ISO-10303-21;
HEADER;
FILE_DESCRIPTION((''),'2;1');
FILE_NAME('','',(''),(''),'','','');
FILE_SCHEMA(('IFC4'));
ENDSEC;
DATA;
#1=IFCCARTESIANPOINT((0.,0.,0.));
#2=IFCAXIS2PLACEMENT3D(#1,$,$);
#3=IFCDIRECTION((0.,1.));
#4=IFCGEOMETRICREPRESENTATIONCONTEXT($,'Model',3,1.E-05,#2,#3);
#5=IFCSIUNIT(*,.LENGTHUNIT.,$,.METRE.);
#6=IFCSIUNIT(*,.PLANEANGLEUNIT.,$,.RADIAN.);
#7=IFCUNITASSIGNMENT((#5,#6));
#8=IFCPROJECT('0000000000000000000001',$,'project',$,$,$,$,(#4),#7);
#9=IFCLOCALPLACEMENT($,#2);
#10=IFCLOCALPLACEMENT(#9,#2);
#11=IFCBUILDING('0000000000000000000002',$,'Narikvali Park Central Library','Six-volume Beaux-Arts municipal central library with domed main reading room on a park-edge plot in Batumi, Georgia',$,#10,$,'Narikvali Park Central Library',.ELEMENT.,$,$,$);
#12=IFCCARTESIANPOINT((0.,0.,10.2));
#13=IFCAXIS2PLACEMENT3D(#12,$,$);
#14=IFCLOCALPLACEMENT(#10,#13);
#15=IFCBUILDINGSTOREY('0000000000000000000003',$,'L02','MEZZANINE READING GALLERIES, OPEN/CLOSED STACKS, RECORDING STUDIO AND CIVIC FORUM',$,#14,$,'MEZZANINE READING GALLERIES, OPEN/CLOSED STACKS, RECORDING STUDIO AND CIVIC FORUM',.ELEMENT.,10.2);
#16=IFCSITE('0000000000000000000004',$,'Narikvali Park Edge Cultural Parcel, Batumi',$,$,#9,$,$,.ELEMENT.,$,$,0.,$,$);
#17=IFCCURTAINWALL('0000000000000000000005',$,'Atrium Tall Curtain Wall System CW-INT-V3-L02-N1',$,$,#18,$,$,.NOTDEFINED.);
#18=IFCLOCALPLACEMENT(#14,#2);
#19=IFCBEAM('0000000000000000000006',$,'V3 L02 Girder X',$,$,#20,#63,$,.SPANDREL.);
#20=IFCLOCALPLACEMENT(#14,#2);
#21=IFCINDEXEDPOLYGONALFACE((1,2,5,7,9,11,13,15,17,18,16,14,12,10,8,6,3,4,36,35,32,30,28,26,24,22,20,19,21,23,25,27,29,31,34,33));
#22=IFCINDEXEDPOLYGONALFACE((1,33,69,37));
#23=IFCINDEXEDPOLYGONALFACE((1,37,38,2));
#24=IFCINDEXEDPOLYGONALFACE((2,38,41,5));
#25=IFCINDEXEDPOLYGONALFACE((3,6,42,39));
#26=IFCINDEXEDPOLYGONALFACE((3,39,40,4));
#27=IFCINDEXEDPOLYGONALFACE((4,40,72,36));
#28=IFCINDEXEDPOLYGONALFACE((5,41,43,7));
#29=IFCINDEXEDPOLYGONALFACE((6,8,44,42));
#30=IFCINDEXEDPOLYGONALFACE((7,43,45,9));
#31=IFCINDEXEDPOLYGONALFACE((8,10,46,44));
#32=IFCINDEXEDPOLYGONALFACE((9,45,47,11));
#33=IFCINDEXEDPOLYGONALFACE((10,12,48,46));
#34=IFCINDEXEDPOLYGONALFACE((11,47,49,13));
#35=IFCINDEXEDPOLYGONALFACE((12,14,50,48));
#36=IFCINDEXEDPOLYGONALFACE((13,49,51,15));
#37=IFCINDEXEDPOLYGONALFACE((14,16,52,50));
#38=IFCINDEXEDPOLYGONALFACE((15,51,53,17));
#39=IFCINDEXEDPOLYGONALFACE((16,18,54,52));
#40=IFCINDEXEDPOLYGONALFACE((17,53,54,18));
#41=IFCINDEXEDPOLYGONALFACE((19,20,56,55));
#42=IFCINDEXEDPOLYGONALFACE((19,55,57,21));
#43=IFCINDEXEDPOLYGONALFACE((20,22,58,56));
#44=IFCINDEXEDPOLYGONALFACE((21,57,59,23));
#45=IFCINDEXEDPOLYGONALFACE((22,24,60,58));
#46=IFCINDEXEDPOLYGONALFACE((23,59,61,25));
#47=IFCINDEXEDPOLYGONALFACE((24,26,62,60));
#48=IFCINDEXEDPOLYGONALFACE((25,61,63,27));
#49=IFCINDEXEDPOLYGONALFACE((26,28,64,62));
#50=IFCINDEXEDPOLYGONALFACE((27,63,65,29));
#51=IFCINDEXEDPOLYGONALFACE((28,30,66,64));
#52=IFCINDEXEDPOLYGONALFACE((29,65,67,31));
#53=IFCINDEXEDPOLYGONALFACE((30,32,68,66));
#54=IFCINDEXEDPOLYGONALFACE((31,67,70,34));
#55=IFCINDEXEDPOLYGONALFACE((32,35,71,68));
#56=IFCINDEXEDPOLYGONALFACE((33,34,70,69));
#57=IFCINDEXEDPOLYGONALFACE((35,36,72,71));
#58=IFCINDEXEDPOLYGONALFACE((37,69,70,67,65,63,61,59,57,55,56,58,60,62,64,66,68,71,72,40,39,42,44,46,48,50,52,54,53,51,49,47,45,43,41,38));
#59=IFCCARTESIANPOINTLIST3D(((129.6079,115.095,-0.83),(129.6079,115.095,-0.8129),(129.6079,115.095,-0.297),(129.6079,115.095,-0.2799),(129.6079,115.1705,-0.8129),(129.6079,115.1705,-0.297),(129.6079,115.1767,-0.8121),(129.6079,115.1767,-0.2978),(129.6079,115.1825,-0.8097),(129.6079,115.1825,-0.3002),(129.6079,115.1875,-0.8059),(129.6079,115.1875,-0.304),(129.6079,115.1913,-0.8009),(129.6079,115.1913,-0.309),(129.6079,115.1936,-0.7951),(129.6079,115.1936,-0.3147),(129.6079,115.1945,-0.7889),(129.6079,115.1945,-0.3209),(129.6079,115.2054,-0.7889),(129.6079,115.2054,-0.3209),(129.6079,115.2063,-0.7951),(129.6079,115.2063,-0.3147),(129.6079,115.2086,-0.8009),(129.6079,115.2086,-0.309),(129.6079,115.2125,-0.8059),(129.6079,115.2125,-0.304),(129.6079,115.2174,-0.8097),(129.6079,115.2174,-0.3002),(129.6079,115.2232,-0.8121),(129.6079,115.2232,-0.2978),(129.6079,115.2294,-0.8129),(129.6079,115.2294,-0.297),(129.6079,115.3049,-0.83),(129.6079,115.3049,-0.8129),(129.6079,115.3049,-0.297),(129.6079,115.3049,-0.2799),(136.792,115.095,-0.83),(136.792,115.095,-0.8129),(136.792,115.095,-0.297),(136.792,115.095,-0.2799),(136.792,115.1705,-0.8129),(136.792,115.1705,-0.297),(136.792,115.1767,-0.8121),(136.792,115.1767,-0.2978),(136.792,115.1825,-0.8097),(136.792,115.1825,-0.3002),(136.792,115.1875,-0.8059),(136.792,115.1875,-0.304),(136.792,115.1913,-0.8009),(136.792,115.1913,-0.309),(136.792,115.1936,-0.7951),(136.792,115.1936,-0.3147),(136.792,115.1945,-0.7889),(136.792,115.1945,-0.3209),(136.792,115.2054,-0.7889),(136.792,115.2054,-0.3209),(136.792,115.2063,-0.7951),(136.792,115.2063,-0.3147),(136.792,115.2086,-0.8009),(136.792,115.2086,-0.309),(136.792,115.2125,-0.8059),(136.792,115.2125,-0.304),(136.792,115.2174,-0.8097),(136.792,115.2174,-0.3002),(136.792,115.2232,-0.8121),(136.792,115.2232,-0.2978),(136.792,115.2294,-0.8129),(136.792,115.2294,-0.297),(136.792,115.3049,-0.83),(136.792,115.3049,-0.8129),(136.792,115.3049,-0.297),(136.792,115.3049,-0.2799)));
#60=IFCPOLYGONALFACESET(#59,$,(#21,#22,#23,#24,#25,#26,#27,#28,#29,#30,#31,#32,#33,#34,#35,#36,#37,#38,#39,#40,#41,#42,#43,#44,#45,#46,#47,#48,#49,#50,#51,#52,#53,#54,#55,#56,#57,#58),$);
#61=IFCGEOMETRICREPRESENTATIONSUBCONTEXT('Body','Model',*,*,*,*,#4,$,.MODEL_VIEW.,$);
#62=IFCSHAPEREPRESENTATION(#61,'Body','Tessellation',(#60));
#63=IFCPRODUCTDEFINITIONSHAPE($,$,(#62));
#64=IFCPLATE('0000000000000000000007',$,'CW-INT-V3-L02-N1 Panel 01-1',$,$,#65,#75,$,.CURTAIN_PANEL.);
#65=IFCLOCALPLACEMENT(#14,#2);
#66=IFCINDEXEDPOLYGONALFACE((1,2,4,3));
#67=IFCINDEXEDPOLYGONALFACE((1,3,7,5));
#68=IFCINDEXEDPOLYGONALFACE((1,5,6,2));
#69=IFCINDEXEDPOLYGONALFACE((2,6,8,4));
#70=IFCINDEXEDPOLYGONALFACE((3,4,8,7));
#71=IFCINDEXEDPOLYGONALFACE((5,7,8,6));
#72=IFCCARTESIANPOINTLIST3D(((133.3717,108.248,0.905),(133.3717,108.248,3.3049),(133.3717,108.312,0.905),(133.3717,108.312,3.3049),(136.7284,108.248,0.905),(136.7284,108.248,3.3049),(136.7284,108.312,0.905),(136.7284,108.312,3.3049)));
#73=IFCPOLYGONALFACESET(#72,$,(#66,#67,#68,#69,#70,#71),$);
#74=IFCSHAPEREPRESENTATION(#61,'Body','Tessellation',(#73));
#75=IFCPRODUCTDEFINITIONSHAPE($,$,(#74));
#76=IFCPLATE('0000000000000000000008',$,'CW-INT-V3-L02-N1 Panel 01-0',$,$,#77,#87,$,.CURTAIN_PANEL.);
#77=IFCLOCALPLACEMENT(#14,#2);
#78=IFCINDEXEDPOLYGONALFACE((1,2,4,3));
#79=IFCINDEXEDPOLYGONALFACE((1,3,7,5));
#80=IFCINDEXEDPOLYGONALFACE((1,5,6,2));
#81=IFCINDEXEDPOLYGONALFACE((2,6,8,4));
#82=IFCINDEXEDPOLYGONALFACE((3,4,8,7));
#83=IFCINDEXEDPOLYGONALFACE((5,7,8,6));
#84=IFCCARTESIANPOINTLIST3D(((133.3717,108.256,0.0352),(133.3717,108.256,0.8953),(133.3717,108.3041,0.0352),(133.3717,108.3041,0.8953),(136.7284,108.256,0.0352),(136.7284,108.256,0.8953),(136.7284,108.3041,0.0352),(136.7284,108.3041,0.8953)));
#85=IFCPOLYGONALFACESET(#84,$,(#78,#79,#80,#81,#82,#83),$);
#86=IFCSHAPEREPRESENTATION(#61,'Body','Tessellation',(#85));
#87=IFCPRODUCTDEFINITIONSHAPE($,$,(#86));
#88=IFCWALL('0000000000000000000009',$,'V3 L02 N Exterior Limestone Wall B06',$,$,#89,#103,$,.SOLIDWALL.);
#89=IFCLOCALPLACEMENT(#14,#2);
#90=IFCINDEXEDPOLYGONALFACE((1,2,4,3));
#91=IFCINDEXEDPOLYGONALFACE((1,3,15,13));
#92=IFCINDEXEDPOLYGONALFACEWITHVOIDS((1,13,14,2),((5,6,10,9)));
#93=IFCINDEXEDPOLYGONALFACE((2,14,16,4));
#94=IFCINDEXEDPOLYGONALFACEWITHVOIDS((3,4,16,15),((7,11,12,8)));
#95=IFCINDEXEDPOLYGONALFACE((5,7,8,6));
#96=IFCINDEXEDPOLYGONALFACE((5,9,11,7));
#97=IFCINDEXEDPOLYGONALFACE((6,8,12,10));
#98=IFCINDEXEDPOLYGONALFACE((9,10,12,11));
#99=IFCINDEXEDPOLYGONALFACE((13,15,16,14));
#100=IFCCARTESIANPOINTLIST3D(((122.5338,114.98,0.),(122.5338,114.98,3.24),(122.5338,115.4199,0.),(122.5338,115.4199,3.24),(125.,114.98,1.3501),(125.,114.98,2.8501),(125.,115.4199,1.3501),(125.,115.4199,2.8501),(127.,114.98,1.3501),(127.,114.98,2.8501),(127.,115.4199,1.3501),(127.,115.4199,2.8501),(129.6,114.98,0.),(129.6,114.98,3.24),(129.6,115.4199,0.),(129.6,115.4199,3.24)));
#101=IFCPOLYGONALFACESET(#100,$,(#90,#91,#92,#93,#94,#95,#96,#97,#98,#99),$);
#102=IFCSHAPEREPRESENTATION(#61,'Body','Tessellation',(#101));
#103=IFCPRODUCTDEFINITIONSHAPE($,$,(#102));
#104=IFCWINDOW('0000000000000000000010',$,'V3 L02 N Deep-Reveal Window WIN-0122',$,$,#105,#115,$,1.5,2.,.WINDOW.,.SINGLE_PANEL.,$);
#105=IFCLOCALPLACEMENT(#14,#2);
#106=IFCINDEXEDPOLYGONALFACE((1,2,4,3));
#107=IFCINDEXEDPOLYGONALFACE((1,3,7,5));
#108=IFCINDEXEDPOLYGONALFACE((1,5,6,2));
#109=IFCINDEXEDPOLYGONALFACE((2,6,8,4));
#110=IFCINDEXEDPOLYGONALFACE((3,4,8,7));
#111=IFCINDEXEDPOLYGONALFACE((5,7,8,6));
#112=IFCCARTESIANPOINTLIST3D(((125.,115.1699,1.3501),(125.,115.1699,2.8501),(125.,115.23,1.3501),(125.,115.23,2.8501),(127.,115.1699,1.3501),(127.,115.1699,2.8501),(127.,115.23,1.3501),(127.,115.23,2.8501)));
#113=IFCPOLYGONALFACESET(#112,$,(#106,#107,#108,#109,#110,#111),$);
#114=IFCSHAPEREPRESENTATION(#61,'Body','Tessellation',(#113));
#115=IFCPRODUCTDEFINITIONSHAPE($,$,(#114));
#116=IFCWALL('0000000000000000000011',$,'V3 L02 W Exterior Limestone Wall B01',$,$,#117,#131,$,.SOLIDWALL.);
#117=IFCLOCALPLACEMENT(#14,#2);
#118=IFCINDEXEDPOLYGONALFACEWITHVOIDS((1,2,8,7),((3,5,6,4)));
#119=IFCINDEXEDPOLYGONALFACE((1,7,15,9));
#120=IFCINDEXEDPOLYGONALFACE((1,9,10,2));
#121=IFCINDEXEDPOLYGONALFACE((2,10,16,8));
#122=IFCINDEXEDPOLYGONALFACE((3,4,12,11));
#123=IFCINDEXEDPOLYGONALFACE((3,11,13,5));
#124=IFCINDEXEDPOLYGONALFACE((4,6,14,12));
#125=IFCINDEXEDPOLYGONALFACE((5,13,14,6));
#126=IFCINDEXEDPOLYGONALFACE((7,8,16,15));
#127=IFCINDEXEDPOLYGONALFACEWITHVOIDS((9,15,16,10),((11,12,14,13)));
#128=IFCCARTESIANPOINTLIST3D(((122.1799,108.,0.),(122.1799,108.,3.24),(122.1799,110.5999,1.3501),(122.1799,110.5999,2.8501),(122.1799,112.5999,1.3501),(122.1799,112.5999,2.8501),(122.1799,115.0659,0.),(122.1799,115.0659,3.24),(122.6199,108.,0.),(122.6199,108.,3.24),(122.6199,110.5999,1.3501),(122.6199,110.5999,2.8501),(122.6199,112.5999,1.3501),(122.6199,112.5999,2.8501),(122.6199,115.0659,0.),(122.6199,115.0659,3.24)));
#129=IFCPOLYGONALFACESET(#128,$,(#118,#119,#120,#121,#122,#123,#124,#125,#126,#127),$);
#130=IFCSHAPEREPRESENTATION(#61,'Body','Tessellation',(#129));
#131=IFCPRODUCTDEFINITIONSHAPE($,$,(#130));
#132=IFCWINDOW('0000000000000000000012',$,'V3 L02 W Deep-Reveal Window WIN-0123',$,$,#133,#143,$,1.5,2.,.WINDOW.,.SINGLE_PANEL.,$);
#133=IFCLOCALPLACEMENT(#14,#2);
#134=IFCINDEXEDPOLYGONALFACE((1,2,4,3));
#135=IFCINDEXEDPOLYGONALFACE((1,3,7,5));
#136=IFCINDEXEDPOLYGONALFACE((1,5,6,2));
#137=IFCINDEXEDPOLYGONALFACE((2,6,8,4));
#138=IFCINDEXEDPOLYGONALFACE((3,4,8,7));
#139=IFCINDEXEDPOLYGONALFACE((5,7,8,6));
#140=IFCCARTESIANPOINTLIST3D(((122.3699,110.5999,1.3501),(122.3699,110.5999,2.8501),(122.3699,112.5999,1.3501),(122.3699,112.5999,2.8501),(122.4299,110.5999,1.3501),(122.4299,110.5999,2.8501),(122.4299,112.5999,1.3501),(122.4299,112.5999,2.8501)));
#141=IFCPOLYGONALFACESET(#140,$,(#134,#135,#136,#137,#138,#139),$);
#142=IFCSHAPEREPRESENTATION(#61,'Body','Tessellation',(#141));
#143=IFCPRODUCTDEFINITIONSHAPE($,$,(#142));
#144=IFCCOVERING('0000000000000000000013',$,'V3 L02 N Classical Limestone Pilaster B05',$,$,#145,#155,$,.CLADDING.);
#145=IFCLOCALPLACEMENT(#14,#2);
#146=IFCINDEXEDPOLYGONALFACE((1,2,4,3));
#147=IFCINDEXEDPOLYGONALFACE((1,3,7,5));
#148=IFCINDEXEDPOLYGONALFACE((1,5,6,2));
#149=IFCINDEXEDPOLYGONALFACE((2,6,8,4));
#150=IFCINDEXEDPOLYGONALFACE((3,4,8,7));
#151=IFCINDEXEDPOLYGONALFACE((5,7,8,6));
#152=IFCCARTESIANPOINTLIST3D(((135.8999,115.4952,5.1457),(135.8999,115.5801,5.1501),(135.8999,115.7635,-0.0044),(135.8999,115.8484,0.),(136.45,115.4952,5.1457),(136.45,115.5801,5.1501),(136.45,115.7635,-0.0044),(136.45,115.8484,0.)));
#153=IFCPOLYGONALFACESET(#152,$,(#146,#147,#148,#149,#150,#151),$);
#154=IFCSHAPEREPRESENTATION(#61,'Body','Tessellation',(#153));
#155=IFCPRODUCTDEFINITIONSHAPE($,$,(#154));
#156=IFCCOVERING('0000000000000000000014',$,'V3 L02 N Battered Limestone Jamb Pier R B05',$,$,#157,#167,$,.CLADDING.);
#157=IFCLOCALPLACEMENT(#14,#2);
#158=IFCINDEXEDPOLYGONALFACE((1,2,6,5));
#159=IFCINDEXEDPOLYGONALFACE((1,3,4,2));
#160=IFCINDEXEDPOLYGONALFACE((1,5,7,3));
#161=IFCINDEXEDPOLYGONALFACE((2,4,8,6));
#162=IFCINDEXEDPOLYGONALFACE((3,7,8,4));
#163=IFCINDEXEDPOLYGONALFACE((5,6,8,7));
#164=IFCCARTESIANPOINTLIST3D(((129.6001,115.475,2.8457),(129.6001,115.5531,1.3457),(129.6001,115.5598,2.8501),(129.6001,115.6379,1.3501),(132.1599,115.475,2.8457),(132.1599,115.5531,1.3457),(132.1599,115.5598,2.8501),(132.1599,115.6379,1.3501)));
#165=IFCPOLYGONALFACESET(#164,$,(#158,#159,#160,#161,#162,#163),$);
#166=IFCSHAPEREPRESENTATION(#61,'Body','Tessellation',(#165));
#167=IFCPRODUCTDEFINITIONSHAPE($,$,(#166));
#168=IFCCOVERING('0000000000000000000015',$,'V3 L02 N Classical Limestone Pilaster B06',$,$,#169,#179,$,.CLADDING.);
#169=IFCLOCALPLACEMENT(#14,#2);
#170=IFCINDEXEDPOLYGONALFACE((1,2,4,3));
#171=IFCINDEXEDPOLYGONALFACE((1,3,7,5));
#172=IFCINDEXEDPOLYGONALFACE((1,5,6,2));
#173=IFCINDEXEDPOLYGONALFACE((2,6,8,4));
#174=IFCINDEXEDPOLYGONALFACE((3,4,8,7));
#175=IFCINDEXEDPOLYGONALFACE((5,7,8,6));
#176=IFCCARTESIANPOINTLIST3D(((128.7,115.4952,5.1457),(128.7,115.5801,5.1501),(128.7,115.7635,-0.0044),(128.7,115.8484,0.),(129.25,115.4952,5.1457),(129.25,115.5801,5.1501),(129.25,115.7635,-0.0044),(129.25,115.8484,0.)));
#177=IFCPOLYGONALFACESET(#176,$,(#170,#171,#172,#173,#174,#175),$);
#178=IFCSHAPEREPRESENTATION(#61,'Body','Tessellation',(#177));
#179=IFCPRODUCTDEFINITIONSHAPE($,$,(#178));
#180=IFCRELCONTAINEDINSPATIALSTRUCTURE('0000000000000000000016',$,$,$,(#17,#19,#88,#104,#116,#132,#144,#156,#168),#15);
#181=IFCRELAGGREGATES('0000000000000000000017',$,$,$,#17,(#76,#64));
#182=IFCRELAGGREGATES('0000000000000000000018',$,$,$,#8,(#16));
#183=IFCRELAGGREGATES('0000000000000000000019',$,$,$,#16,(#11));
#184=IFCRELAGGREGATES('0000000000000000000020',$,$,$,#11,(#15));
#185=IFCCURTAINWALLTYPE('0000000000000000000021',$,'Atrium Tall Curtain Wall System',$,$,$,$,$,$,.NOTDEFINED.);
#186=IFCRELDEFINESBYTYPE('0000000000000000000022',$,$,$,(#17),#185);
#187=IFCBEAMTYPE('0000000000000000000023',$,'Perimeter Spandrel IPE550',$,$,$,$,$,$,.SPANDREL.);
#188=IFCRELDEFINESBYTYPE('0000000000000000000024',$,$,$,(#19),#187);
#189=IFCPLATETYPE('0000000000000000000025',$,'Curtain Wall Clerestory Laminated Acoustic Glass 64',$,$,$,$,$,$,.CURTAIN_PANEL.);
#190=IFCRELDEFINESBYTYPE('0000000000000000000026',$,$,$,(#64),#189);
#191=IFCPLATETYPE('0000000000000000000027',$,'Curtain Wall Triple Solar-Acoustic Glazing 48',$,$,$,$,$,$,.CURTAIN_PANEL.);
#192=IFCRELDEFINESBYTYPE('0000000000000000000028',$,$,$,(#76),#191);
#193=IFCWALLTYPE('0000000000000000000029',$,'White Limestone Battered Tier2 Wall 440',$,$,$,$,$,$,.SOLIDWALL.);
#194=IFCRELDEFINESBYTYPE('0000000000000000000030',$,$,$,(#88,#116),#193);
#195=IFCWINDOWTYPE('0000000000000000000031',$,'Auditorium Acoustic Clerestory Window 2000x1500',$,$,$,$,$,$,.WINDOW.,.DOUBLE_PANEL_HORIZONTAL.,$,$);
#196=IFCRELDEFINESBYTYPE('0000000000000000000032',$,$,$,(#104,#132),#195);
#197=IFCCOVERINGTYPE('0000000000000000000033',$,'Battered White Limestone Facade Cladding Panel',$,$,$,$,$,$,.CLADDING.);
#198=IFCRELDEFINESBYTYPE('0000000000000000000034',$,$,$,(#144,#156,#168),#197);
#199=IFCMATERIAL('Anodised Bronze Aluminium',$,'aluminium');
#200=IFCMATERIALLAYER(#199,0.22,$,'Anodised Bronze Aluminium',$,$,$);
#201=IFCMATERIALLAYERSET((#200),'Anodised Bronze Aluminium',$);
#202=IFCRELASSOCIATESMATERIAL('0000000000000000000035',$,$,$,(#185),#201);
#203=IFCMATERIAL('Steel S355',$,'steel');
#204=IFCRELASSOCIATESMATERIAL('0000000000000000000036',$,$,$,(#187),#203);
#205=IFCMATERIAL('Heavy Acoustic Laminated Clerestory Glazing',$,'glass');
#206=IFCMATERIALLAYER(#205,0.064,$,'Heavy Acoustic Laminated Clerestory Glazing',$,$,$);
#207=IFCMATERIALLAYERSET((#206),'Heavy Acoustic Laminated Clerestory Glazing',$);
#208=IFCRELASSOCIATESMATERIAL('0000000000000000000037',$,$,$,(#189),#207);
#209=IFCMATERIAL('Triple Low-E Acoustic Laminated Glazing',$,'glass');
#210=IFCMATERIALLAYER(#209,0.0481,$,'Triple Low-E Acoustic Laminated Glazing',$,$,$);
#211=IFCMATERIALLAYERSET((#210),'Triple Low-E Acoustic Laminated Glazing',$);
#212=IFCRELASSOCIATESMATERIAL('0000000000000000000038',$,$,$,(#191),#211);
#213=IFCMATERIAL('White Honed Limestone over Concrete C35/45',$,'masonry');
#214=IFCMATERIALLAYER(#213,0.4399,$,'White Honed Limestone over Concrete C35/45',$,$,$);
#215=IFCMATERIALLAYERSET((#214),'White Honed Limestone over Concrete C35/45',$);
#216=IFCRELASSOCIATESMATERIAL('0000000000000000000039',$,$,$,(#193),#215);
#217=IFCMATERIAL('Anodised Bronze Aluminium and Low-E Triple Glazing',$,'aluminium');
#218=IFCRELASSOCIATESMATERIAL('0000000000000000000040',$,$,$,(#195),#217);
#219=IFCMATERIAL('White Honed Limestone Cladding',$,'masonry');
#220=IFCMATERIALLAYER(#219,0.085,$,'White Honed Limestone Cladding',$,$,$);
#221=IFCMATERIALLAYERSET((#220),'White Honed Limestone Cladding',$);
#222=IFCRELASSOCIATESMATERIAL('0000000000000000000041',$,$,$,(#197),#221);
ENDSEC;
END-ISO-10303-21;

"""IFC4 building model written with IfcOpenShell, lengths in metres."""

from ifc_helpers import new_model, si_unit, direction, frame, frame_2d, origin, origin_2d, place, context, subcontext, project, spatial, polyline, rectangle, i_section, outline, extrude, material, layer, layer_set, material_profile, profile_set, type_object, element, fill, aggregate, save


model = new_model("IFC4")

# Units and contexts
model_context = context("Model", 3, precision=1e-05, world=origin(), true_north=direction((0.0, 1.0)))
body_context = subcontext(model_context, "Body", "Model", "MODEL_VIEW")
ifc_project = project(units=[si_unit("LENGTHUNIT", "METRE"), si_unit("PLANEANGLEUNIT", "RADIAN")], contexts=[model_context])

# Site, building, storey
site_placement = place(None, origin())
site = spatial("IfcSite", under=ifc_project, at=site_placement, Name="Narikvali Park Edge Cultural Parcel, Batumi", CompositionType="ELEMENT", RefElevation=0.0)
building_placement = place(site_placement, origin())
building = spatial("IfcBuilding", under=site, at=building_placement, Name="Narikvali Park Central Library", Description="Six-volume Beaux-Arts municipal central library with domed main reading room on a park-edge plot in Batumi, Georgia", LongName="Narikvali Park Central Library", CompositionType="ELEMENT")
storey_placement = place(building_placement, frame((0.0, 0.0, 10.2)))
storey = spatial("IfcBuildingStorey", under=building, at=storey_placement, Name="L02", Description="MEZZANINE READING GALLERIES, OPEN/CLOSED STACKS, RECORDING STUDIO AND CIVIC FORUM", LongName="MEZZANINE READING GALLERIES, OPEN/CLOSED STACKS, RECORDING STUDIO AND CIVIC FORUM", CompositionType="ELEMENT", Elevation=10.2)

# Shared definitions
ifc_material_1 = material(Name="Steel S355", Category="steel")

# Curtain wall
ifc_material_2 = material(Name="Anodised Bronze Aluminium", Category="aluminium")
ifc_layer_1 = layer(ifc_material_2, 0.22, Name="Anodised Bronze Aluminium")
ifc_layer_set_1 = layer_set([ifc_layer_1], Name="Anodised Bronze Aluminium")
curtain_wall_type = type_object("IfcCurtainWallType", Name="Atrium Tall Curtain Wall System", PredefinedType="NOTDEFINED", material=ifc_layer_set_1)
curtain_wall_placement = place(storey_placement, origin())
curtain_wall = element("IfcCurtainWall", 1, at=curtain_wall_placement, inside=storey, type_object=curtain_wall_type, Name="Atrium Tall Curtain Wall System CW-INT-V3-L02-N1", PredefinedType="NOTDEFINED")

# Beam
ifc_material_profile_1 = material_profile(ifc_material_1, i_section(OverallWidth=0.21, OverallDepth=0.55, WebThickness=0.011, FlangeThickness=0.0171, FilletRadius=0.0239, at=origin_2d()), Name="IPE 550")
ifc_profile_set_1 = profile_set([ifc_material_profile_1], Name="Steel S355")
beam_type = type_object("IfcBeamType", Name="Perimeter Spandrel IPE550", PredefinedType="SPANDREL", material=ifc_profile_set_1)
for number, where, z_axis, x_axis, name in (
    (2, (129.6079, 115.2, -0.5549), (1.0, 0.0, 0.0), (0.0, 1.0, 0.0), "V3 L02 Girder X"),
):
    element("IfcBeam", number, at=place(storey_placement, frame(where, z_axis=z_axis, x_axis=x_axis)), inside=storey, type_object=beam_type, Name=name, PredefinedType="SPANDREL", context=body_context, shape_type="SweptSolid", body=[
        extrude(i_section(OverallWidth=0.21, OverallDepth=0.55, WebThickness=0.011, FlangeThickness=0.0171, FilletRadius=0.0239, at=origin_2d()), origin(), (0.0, 0.0, 1.0), 7.1841),
    ])

# Plates
ifc_material_3 = material(Name="Heavy Acoustic Laminated Clerestory Glazing", Category="glass")
ifc_layer_2 = layer(ifc_material_3, 0.064, Name="Heavy Acoustic Laminated Clerestory Glazing")
ifc_layer_set_2 = layer_set([ifc_layer_2], Name="Heavy Acoustic Laminated Clerestory Glazing")
plate_type_1 = type_object("IfcPlateType", Name="Curtain Wall Clerestory Laminated Acoustic Glass 64", PredefinedType="CURTAIN_PANEL", material=ifc_layer_set_2)
plate_1_placement = place(storey_placement, frame((135.05, 108.28, 0.905), z_axis=(0.0, 0.0, 1.0), x_axis=(1.0, 0.0, 0.0)))
plate_1 = element("IfcPlate", 3, at=plate_1_placement, type_object=plate_type_1, Name="CW-INT-V3-L02-N1 Panel 01-1", PredefinedType="CURTAIN_PANEL", context=body_context, shape_type="SweptSolid", body=[
    extrude(rectangle(XDim=3.3567, YDim=0.064, at=origin_2d()), origin(), (0.0, 0.0, 1.0), 2.3999),
])
ifc_material_4 = material(Name="Triple Low-E Acoustic Laminated Glazing", Category="glass")
ifc_layer_3 = layer(ifc_material_4, 0.0481, Name="Triple Low-E Acoustic Laminated Glazing")
ifc_layer_set_3 = layer_set([ifc_layer_3], Name="Triple Low-E Acoustic Laminated Glazing")
plate_type_2 = type_object("IfcPlateType", Name="Curtain Wall Triple Solar-Acoustic Glazing 48", PredefinedType="CURTAIN_PANEL", material=ifc_layer_set_3)
plate_2_placement = place(storey_placement, frame((135.05, 108.28, 0.0352), z_axis=(0.0, 0.0, 1.0), x_axis=(1.0, 0.0, 0.0)))
plate_2 = element("IfcPlate", 4, at=plate_2_placement, type_object=plate_type_2, Name="CW-INT-V3-L02-N1 Panel 01-0", PredefinedType="CURTAIN_PANEL", context=body_context, shape_type="SweptSolid", body=[
    extrude(rectangle(XDim=3.3567, YDim=0.0481, at=origin_2d()), origin(), (0.0, 0.0, 1.0), 0.8601),
])
aggregate(curtain_wall, [plate_2, plate_1])

# Walls, openings, windows
ifc_material_5 = material(Name="White Honed Limestone over Concrete C35/45", Category="masonry")
ifc_layer_4 = layer(ifc_material_5, 0.4399, Name="White Honed Limestone over Concrete C35/45")
ifc_layer_set_4 = layer_set([ifc_layer_4], Name="White Honed Limestone over Concrete C35/45")
wall_type = type_object("IfcWallType", Name="White Limestone Battered Tier2 Wall 440", PredefinedType="SOLIDWALL", material=ifc_layer_set_4)
wall_1_placement = place(storey_placement, frame((129.6001, 115.2, 0.0), z_axis=(0.0, 0.0, 1.0), x_axis=(-1.0, 0.0, 0.0)))
wall_1 = element("IfcWall", 5, at=wall_1_placement, inside=storey, type_object=wall_type, Name="V3 L02 N Exterior Limestone Wall B06", PredefinedType="SOLIDWALL", context=body_context, shape_type="SweptSolid", body=[
    extrude(rectangle(XDim=7.0662, YDim=0.4399, at=frame_2d((3.5332, 0.0))), origin(), (0.0, 0.0, 1.0), 3.24),
])
opening_1_placement = place(wall_1_placement, frame((2.6001, 0.0, 1.3501)))
opening_1 = element("IfcOpeningElement", 6, at=opening_1_placement, cuts=wall_1, PredefinedType="OPENING", context=body_context, shape_type="SweptSolid", body=[
    extrude(rectangle(XDim=2.0, YDim=1.5, at=frame_2d((1.0, 0.75))), frame((0.0, 0.2319, 0.0), z_axis=(0.0, -1.0, 0.0), x_axis=(1.0, 0.0, 0.0)), (0.0, 0.0, 1.0), 0.4639),
])
ifc_material_6 = material(Name="Anodised Bronze Aluminium and Low-E Triple Glazing", Category="aluminium")
window_type = type_object("IfcWindowType", Name="Auditorium Acoustic Clerestory Window 2000x1500", PartitioningType="DOUBLE_PANEL_HORIZONTAL", PredefinedType="WINDOW", material=ifc_material_6)
window_1_placement = place(opening_1_placement, origin())
window_1 = element("IfcWindow", 7, at=window_1_placement, inside=storey, type_object=window_type, Name="V3 L02 N Deep-Reveal Window WIN-0122", OverallHeight=1.5, OverallWidth=2.0, PartitioningType="SINGLE_PANEL", PredefinedType="WINDOW", context=body_context, shape_type="SweptSolid", body=[
    extrude(rectangle(XDim=2.0, YDim=1.5, at=frame_2d((1.0, 0.75))), frame((0.0, 0.03, 0.0), z_axis=(0.0, -1.0, 0.0), x_axis=(1.0, 0.0, 0.0)), (0.0, 0.0, 1.0), 0.0601),
])
fill(opening_1, window_1)
wall_2_placement = place(storey_placement, frame((122.3999, 115.0659, 0.0), z_axis=(0.0, 0.0, 1.0), x_axis=(0.0, -1.0, 0.0)))
wall_2 = element("IfcWall", 8, at=wall_2_placement, inside=storey, type_object=wall_type, Name="V3 L02 W Exterior Limestone Wall B01", PredefinedType="SOLIDWALL", context=body_context, shape_type="SweptSolid", body=[
    extrude(rectangle(XDim=7.0659, YDim=0.4399, at=frame_2d((3.533, 0.0))), origin(), (0.0, 0.0, 1.0), 3.24),
])
opening_2_placement = place(wall_2_placement, frame((2.4661, 0.0, 1.3501)))
opening_2 = element("IfcOpeningElement", 9, at=opening_2_placement, cuts=wall_2, PredefinedType="OPENING", context=body_context, shape_type="SweptSolid", body=[
    extrude(rectangle(XDim=2.0, YDim=1.5, at=frame_2d((1.0, 0.75))), frame((0.0, 0.2319, 0.0), z_axis=(0.0, -1.0, 0.0), x_axis=(1.0, 0.0, 0.0)), (0.0, 0.0, 1.0), 0.4639),
])
window_2_placement = place(opening_2_placement, origin())
window_2 = element("IfcWindow", 10, at=window_2_placement, inside=storey, type_object=window_type, Name="V3 L02 W Deep-Reveal Window WIN-0123", OverallHeight=1.5, OverallWidth=2.0, PartitioningType="SINGLE_PANEL", PredefinedType="WINDOW", context=body_context, shape_type="SweptSolid", body=[
    extrude(rectangle(XDim=2.0, YDim=1.5, at=frame_2d((1.0, 0.75))), frame((0.0, 0.03, 0.0), z_axis=(0.0, -1.0, 0.0), x_axis=(1.0, 0.0, 0.0)), (0.0, 0.0, 1.0), 0.0601),
])
fill(opening_2, window_2)

# Coverings
ifc_material_7 = material(Name="White Honed Limestone Cladding", Category="masonry")
ifc_layer_5 = layer(ifc_material_7, 0.085, Name="White Honed Limestone Cladding")
ifc_layer_set_5 = layer_set([ifc_layer_5], Name="White Honed Limestone Cladding")
covering_type = type_object("IfcCoveringType", Name="Battered White Limestone Facade Cladding Panel", PredefinedType="CLADDING", material=ifc_layer_set_5)
covering_1_placement = place(storey_placement, frame((136.45, 115.8484, 0.0), z_axis=(0.0, 0.998646, 0.052027), x_axis=(-1.0, 0.0, 0.0)))
element("IfcCovering", 11, at=covering_1_placement, inside=storey, type_object=covering_type, Name="V3 L02 N Classical Limestone Pilaster B05", PredefinedType="CLADDING", context=body_context, shape_type="SweptSolid", body=[
    extrude(outline(polyline([(0.0, 0.0), (0.55, 0.0), (0.55, 5.1571), (0.0, 5.1571), (0.0, 0.0)])), origin(), (0.0, 0.0, -1.0), 0.085),
])
covering_2_placement = place(storey_placement, frame((132.1599, 115.6379, 1.3501), z_axis=(0.0, 0.998646, 0.052013), x_axis=(-1.0, 0.0, 0.0)))
element("IfcCovering", 12, at=covering_2_placement, inside=storey, type_object=covering_type, Name="V3 L02 N Battered Limestone Jamb Pier R B05", PredefinedType="CLADDING", context=body_context, shape_type="SweptSolid", body=[
    extrude(outline(polyline([(0.0, 0.0), (2.5598, 0.0), (2.5598, 1.502), (0.0, 1.502), (0.0, 0.0)])), origin(), (0.0, 0.0, -1.0), 0.085),
])
covering_3_placement = place(storey_placement, frame((129.25, 115.8484, 0.0), z_axis=(0.0, 0.998646, 0.052027), x_axis=(-1.0, 0.0, 0.0)))
element("IfcCovering", 13, at=covering_3_placement, inside=storey, type_object=covering_type, Name="V3 L02 N Classical Limestone Pilaster B06", PredefinedType="CLADDING", context=body_context, shape_type="SweptSolid", body=[
    extrude(outline(polyline([(0.0, 0.0), (0.55, 0.0), (0.55, 5.1571), (0.0, 5.1571), (0.0, 0.0)])), origin(), (0.0, 0.0, -1.0), 0.085),
])

save(model, "model.ifc")
